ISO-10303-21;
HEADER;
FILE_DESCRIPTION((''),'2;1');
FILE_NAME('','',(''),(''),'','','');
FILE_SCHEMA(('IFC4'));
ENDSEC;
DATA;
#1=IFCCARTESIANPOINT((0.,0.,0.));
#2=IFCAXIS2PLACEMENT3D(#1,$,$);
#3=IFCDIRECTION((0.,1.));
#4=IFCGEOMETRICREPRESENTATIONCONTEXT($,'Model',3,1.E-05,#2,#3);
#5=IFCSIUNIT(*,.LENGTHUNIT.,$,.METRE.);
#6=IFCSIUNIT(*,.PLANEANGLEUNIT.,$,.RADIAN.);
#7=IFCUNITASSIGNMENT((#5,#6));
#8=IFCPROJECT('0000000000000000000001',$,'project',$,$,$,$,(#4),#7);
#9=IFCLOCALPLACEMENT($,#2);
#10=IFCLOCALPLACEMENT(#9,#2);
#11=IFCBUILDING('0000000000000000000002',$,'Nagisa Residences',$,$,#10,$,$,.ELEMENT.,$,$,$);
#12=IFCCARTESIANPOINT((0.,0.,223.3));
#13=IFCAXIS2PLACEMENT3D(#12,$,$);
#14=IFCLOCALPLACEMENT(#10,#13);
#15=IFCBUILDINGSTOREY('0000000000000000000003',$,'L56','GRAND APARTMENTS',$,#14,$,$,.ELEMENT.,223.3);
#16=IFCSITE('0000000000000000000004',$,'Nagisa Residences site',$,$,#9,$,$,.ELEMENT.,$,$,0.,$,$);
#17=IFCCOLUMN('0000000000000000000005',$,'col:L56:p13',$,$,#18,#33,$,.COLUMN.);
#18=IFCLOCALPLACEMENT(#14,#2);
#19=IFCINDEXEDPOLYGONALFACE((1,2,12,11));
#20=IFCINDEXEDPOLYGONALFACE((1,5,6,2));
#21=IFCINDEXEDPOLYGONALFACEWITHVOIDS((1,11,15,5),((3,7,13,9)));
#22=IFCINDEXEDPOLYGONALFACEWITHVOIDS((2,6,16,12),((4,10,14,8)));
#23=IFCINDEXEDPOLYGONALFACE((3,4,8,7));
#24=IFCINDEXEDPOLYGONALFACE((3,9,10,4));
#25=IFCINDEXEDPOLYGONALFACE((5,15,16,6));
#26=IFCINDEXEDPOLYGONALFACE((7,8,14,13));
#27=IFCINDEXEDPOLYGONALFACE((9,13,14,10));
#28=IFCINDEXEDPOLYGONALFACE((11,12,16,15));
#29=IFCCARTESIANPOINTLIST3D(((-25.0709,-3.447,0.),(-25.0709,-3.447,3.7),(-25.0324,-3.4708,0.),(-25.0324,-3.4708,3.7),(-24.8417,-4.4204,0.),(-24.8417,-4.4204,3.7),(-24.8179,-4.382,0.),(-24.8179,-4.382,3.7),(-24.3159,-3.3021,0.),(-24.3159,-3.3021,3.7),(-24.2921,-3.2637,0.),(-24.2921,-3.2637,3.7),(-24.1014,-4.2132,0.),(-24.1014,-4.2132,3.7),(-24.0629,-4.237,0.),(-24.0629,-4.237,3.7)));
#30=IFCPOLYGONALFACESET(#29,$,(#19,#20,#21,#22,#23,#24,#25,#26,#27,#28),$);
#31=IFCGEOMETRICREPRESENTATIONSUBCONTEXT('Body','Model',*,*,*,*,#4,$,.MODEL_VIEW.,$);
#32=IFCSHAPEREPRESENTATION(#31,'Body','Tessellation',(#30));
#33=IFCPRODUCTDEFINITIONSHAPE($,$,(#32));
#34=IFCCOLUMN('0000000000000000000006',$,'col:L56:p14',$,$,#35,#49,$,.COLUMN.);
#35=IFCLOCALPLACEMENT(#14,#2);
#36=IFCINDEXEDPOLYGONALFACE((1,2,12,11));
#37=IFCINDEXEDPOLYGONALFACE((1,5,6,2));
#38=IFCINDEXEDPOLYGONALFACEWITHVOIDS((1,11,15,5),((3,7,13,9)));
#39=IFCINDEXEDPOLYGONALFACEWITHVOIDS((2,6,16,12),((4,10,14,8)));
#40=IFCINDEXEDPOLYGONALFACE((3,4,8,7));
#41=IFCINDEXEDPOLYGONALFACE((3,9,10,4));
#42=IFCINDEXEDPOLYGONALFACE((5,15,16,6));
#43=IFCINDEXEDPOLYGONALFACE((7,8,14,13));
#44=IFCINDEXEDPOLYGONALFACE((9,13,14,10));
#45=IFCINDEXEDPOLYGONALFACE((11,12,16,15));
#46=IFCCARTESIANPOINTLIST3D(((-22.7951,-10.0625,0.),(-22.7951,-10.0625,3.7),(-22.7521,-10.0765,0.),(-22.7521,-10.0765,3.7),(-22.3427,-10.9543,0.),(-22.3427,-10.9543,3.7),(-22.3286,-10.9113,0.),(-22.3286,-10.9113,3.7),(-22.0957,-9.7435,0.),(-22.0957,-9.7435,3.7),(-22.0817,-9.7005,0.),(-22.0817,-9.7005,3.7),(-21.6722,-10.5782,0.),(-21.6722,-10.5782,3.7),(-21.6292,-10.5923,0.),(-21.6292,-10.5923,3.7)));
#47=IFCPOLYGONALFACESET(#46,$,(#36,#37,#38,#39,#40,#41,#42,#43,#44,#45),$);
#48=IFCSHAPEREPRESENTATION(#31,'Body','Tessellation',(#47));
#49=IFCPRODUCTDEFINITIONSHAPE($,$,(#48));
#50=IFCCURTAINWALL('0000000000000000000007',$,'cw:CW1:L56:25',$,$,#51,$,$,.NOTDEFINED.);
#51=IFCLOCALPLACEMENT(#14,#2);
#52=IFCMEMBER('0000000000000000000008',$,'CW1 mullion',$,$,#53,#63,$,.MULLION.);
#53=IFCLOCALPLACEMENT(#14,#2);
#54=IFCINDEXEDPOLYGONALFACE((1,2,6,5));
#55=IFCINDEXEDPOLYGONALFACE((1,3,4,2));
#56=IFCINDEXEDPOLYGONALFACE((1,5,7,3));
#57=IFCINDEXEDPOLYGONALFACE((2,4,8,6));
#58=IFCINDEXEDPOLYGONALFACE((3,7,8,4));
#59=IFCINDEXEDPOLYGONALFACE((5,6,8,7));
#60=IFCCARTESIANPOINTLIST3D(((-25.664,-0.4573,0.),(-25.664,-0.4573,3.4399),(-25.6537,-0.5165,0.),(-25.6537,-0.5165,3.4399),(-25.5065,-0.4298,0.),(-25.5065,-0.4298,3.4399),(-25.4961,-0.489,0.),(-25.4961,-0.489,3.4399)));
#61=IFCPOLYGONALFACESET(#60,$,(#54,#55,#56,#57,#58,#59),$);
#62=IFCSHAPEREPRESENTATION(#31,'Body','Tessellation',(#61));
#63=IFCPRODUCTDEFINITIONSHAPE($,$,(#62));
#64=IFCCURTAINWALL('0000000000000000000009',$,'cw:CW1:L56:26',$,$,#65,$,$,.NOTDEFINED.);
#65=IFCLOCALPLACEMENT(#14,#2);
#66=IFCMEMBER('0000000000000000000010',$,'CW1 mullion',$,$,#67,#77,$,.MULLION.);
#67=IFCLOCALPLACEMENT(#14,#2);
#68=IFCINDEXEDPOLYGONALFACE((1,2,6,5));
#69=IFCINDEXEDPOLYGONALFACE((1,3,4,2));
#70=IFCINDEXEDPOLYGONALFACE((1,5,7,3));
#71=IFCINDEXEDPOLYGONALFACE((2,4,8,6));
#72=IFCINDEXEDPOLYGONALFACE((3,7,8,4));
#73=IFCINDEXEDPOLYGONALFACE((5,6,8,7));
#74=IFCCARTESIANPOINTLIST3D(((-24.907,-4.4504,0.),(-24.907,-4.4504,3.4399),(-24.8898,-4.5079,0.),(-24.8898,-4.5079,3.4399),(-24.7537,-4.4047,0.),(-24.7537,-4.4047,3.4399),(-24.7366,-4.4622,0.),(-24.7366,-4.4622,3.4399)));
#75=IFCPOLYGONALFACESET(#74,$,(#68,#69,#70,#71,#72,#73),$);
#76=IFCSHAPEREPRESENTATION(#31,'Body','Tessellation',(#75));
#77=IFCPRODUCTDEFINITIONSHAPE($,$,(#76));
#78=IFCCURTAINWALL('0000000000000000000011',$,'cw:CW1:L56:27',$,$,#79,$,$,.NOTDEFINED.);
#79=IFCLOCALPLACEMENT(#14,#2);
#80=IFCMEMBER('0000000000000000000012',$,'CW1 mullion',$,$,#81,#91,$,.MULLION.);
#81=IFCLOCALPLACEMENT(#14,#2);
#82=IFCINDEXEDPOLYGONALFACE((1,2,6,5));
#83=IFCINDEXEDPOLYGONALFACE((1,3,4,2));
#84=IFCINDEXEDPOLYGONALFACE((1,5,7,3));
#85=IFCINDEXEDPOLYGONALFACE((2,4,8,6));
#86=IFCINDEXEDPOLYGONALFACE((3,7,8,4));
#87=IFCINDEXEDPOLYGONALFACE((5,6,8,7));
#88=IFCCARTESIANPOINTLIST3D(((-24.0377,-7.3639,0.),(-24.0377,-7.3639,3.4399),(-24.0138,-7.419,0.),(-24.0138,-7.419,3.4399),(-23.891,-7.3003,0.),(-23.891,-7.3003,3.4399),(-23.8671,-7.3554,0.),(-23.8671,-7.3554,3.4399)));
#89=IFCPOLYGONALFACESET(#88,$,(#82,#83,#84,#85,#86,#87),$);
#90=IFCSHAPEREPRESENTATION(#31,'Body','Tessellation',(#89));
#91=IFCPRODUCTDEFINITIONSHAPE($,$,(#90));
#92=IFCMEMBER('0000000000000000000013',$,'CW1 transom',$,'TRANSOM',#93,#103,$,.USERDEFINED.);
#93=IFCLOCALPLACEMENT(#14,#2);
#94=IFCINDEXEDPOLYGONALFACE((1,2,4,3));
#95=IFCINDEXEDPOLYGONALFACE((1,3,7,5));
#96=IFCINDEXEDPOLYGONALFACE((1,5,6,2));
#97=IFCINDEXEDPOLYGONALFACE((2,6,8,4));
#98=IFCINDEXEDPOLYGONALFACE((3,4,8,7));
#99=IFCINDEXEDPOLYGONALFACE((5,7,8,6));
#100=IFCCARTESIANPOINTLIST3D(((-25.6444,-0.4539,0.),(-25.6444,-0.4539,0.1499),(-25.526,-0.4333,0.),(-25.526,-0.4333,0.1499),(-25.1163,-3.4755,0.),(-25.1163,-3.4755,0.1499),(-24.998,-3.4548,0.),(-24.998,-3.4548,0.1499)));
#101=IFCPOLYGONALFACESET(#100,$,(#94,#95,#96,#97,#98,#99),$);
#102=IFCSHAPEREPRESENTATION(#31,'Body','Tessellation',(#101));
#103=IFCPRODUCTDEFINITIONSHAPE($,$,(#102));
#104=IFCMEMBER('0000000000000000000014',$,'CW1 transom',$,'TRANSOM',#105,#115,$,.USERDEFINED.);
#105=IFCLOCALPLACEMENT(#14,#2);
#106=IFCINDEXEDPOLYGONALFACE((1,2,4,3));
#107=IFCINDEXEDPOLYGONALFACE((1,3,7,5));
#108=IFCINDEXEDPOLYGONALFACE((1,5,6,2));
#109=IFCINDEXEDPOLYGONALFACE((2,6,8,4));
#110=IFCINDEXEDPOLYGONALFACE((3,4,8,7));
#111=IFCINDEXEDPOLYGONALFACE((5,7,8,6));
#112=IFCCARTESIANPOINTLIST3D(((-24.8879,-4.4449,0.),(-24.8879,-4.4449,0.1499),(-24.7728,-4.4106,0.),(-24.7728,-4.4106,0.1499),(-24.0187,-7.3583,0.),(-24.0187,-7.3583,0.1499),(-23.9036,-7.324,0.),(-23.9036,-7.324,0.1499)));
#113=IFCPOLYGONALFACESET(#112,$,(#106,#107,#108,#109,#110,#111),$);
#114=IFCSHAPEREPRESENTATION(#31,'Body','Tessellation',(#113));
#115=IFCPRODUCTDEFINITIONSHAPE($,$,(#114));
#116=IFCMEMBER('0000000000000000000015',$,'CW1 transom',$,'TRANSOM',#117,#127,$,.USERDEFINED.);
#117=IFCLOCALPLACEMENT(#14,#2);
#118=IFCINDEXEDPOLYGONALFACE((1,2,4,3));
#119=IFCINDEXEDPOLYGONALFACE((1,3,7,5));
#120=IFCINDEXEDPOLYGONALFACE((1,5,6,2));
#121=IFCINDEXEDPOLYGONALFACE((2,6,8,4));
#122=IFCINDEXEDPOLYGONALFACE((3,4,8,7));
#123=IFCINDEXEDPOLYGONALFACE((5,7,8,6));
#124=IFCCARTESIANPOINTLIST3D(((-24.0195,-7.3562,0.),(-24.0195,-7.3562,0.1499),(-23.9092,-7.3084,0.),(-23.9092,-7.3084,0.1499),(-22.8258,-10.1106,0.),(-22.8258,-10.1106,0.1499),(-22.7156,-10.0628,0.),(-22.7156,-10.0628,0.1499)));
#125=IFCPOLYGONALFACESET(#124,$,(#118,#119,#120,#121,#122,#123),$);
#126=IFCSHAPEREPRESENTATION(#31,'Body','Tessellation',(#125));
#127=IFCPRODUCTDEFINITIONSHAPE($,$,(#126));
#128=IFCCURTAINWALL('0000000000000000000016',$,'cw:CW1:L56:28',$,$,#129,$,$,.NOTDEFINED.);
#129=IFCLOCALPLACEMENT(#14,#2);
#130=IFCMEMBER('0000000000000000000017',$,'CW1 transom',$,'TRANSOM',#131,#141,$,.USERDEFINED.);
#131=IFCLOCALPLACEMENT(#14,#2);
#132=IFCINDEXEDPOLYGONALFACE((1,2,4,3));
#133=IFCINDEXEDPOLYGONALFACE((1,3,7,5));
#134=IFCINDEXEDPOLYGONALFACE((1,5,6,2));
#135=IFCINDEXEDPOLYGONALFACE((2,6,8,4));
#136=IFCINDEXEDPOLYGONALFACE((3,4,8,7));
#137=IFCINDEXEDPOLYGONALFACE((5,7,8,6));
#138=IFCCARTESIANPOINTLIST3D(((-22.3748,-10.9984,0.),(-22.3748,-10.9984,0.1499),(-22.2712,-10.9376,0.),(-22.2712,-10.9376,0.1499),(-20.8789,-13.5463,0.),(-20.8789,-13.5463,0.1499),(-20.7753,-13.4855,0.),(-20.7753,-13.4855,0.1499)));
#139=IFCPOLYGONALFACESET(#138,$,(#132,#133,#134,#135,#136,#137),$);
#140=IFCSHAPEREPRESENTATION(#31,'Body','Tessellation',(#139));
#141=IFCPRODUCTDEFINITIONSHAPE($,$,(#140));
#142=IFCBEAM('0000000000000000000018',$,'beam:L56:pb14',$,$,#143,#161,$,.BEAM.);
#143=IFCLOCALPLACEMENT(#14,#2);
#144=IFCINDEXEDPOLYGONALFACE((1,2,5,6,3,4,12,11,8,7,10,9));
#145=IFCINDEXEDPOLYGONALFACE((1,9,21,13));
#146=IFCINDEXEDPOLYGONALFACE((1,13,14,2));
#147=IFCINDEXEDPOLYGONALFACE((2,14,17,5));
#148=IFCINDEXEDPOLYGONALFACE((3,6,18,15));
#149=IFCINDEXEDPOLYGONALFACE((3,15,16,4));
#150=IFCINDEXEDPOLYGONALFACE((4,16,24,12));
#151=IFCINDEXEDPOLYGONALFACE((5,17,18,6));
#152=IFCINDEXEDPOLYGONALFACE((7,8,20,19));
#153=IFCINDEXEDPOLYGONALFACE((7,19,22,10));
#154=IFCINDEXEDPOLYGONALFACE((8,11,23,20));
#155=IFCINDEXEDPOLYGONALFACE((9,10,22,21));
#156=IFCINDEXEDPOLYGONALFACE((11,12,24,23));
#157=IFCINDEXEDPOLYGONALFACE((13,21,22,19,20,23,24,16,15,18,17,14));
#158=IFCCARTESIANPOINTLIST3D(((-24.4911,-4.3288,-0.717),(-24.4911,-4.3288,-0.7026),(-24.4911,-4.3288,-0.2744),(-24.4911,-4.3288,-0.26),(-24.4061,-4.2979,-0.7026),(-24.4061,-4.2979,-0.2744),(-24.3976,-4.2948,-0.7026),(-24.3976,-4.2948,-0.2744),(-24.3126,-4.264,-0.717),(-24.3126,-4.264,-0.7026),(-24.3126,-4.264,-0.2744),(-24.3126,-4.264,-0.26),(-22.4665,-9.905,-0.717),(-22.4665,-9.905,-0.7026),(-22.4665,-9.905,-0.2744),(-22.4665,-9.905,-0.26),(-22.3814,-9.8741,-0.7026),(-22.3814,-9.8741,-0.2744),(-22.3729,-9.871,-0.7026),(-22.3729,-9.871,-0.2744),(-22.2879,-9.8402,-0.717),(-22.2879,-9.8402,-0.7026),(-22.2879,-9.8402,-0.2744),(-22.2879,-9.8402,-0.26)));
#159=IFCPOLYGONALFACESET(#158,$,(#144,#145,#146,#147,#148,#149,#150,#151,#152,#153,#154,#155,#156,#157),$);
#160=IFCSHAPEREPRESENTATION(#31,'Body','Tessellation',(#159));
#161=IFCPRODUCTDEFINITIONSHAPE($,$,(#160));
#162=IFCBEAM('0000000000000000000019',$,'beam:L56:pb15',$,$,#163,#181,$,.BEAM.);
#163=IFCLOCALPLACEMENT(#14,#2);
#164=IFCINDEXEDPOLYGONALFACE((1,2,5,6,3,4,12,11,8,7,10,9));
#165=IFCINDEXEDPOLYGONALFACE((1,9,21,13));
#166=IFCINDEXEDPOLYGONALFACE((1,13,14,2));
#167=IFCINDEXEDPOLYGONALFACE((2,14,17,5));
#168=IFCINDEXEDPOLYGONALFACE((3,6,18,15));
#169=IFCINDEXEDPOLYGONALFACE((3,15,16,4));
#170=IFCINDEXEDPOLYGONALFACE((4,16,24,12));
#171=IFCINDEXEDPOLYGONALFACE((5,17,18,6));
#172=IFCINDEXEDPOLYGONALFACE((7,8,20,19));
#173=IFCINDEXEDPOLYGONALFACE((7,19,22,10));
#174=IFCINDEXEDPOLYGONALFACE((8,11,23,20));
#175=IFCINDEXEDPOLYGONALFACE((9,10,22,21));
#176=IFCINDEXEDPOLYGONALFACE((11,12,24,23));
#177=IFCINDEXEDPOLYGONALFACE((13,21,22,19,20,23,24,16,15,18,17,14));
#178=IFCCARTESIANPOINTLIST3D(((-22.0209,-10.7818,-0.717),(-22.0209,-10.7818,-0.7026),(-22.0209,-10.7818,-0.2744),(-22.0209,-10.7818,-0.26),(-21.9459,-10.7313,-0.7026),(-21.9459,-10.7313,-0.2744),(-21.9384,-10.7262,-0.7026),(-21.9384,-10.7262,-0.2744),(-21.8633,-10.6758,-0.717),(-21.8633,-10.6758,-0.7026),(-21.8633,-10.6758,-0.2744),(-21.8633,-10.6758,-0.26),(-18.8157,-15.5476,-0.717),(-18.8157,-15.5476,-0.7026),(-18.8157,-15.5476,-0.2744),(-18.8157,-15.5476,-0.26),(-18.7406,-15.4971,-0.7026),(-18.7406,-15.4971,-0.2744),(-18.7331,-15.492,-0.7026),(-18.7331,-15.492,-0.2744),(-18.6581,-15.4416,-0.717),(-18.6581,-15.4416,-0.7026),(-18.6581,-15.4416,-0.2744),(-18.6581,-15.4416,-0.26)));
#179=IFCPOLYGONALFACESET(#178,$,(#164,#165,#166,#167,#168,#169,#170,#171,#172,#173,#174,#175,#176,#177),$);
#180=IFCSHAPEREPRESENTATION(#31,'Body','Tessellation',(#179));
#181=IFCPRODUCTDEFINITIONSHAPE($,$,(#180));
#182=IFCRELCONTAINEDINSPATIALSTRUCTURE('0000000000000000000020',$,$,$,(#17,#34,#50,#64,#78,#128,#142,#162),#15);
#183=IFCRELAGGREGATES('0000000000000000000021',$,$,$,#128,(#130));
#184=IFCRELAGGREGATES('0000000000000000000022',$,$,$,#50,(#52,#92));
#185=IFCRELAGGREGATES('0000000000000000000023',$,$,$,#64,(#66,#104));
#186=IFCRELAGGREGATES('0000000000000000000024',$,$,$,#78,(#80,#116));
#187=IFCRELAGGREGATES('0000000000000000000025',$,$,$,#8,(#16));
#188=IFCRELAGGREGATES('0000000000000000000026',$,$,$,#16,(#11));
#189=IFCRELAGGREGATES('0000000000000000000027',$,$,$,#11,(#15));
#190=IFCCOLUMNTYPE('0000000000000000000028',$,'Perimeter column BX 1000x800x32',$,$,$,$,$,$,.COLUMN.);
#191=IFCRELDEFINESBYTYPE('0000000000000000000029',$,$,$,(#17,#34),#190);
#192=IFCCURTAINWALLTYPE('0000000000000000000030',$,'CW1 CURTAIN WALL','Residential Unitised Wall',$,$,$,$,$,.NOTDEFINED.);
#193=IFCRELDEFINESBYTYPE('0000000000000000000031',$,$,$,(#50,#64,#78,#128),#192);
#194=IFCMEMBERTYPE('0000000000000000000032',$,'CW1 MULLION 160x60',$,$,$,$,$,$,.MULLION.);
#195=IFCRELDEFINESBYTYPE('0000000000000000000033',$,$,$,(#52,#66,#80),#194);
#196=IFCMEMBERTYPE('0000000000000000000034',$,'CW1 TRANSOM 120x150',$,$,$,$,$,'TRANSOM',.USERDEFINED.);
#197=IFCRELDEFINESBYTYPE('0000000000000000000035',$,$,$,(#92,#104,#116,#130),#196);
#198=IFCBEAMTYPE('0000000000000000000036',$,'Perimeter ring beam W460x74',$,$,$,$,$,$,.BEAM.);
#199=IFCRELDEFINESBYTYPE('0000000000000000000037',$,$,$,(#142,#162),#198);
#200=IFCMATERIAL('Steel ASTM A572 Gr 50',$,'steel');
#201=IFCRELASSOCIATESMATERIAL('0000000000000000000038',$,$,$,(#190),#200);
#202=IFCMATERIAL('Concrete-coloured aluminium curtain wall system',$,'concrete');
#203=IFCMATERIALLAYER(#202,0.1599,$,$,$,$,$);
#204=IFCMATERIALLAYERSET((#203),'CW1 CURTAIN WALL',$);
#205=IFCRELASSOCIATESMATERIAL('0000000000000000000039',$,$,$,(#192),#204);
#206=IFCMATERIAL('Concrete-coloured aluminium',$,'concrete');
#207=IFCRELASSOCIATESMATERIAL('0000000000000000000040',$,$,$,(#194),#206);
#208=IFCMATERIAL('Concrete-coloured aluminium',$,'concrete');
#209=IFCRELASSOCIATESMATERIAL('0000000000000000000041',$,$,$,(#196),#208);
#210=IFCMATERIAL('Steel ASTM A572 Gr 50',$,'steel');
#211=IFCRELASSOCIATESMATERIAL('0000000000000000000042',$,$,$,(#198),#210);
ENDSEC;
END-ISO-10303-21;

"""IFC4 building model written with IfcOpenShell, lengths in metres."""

from ifc_helpers import new_model, si_unit, direction, frame, origin, origin_2d, place, context, subcontext, project, spatial, rectangle, hollow_rectangle, i_section, extrude, material, layer, layer_set, material_profile, profile_set, type_object, element, aggregate, save


model = new_model("IFC4")

# Units and contexts
model_context = context("Model", 3, precision=1e-05, world=origin(), true_north=direction((0.0, 1.0)))
body_context = subcontext(model_context, "Body", "Model", "MODEL_VIEW")
ifc_project = project(units=[si_unit("LENGTHUNIT", "METRE"), si_unit("PLANEANGLEUNIT", "RADIAN")], contexts=[model_context])

# Site, building, storey
site_placement = place(None, origin())
site = spatial("IfcSite", under=ifc_project, at=site_placement, Name="Nagisa Residences site", CompositionType="ELEMENT", RefElevation=0.0)
building_placement = place(site_placement, origin())
building = spatial("IfcBuilding", under=site, at=building_placement, Name="Nagisa Residences", CompositionType="ELEMENT")
storey_placement = place(building_placement, frame((0.0, 0.0, 223.3)))
storey = spatial("IfcBuildingStorey", under=building, at=storey_placement, Name="L56", Description="GRAND APARTMENTS", CompositionType="ELEMENT", Elevation=223.3)

# Columns
ifc_material_1 = material(Name="Steel ASTM A572 Gr 50", Category="steel")
ifc_material_profile_1 = material_profile(ifc_material_1, hollow_rectangle(XDim=1.0, YDim=0.8, WallThickness=0.032, at=origin_2d()), Name="BX 1000x800x32")
ifc_profile_set_1 = profile_set([ifc_material_profile_1], Name="Steel ASTM A572 Gr 50")
column_type = type_object("IfcColumnType", Name="Perimeter column BX 1000x800x32", PredefinedType="COLUMN", material=ifc_profile_set_1)
for number, where, z_axis, x_axis, name in (
    (1, (-24.5669, -3.842, 0.0), (0.0, 0.0, 1.0), (0.229202, -0.973379, 0.0), "col:L56:p13"),
    (2, (-22.2122, -10.3274, 0.0), (0.0, 0.0, 1.0), (0.452463, -0.891783, 0.0), "col:L56:p14"),
):
    element("IfcColumn", number, at=place(storey_placement, frame(where, z_axis=z_axis, x_axis=x_axis)), inside=storey, type_object=column_type, Name=name, PredefinedType="COLUMN", context=body_context, shape_type="SweptSolid", body=[
        extrude(hollow_rectangle(XDim=1.0, YDim=0.8, WallThickness=0.032, at=origin_2d()), origin(), (0.0, 0.0, 1.0), 3.7),
    ])

# Curtain walls, members
ifc_material_2 = material(Name="Concrete-coloured aluminium curtain wall system", Category="concrete")
ifc_layer_1 = layer(ifc_material_2, 0.1599)
ifc_layer_set_1 = layer_set([ifc_layer_1], Name="CW1 CURTAIN WALL")
curtain_wall_type = type_object("IfcCurtainWallType", Name="CW1 CURTAIN WALL", Description="Residential Unitised Wall", PredefinedType="NOTDEFINED", material=ifc_layer_set_1)
curtain_wall_1_placement = place(storey_placement, origin())
curtain_wall_1 = element("IfcCurtainWall", 3, at=curtain_wall_1_placement, inside=storey, type_object=curtain_wall_type, Name="cw:CW1:L56:25", PredefinedType="NOTDEFINED")
ifc_material_3 = material(Name="Concrete-coloured aluminium", Category="concrete")
ifc_material_profile_2 = material_profile(ifc_material_3, rectangle(XDim=0.1599, YDim=0.0601, at=origin_2d()), Name="CW1 MULLION 160x60")
ifc_profile_set_2 = profile_set([ifc_material_profile_2], Name="Concrete-coloured aluminium")
member_type_1 = type_object("IfcMemberType", Name="CW1 MULLION 160x60", PredefinedType="MULLION", material=ifc_profile_set_2)
member_1_placement = place(storey_placement, frame((-25.5801, -0.4731, 0.0), z_axis=(0.0, 0.0, 1.0), x_axis=(0.985064, 0.172191, 0.0)))
member_1 = element("IfcMember", 4, at=member_1_placement, type_object=member_type_1, Name="CW1 mullion", PredefinedType="MULLION", context=body_context, shape_type="SweptSolid", body=[
    extrude(rectangle(XDim=0.1599, YDim=0.0601, at=origin_2d()), origin(), (0.0, 0.0, 1.0), 3.4399),
])
curtain_wall_2_placement = place(storey_placement, origin())
curtain_wall_2 = element("IfcCurtainWall", 5, at=curtain_wall_2_placement, inside=storey, type_object=curtain_wall_type, Name="cw:CW1:L56:26", PredefinedType="NOTDEFINED")
member_2_placement = place(storey_placement, frame((-24.8218, -4.4563, 0.0), z_axis=(0.0, 0.0, 1.0), x_axis=(0.958271, 0.28586, 0.0)))
member_2 = element("IfcMember", 6, at=member_2_placement, type_object=member_type_1, Name="CW1 mullion", PredefinedType="MULLION", context=body_context, shape_type="SweptSolid", body=[
    extrude(rectangle(XDim=0.1599, YDim=0.0601, at=origin_2d()), origin(), (0.0, 0.0, 1.0), 3.4399),
])
curtain_wall_3_placement = place(storey_placement, origin())
curtain_wall_3 = element("IfcCurtainWall", 7, at=curtain_wall_3_placement, inside=storey, type_object=curtain_wall_type, Name="cw:CW1:L56:27", PredefinedType="NOTDEFINED")
member_3_placement = place(storey_placement, frame((-23.9524, -7.3596, 0.0), z_axis=(0.0, 0.0, 1.0), x_axis=(0.917543, 0.397636, 0.0)))
member_3 = element("IfcMember", 8, at=member_3_placement, type_object=member_type_1, Name="CW1 mullion", PredefinedType="MULLION", context=body_context, shape_type="SweptSolid", body=[
    extrude(rectangle(XDim=0.1599, YDim=0.0601, at=origin_2d()), origin(), (0.0, 0.0, 1.0), 3.4399),
])

# Members
ifc_material_4 = material(Name="Concrete-coloured aluminium", Category="concrete")
ifc_material_profile_3 = material_profile(ifc_material_4, rectangle(XDim=0.1201, YDim=0.1499, at=origin_2d()), Name="CW1 TRANSOM 120x150")
ifc_profile_set_3 = profile_set([ifc_material_profile_3], Name="Concrete-coloured aluminium")
member_type_2 = type_object("IfcMemberType", Name="CW1 TRANSOM 120x150", ElementType="TRANSOM", PredefinedType="USERDEFINED", material=ifc_profile_set_3)
member_4_placement = place(storey_placement, frame((-25.5852, -0.4436, 0.075), z_axis=(0.172164, -0.985068, 0.0), x_axis=(0.985068, 0.172164, 0.0)))
member_4 = element("IfcMember", 9, at=member_4_placement, type_object=member_type_2, Name="CW1 transom", ObjectType="TRANSOM", PredefinedType="USERDEFINED", context=body_context, shape_type="SweptSolid", body=[
    extrude(rectangle(XDim=0.1201, YDim=0.1499, at=origin_2d()), origin(), (0.0, 0.0, 1.0), 3.0674),
])
member_5_placement = place(storey_placement, frame((-24.8303, -4.4277, 0.075), z_axis=(0.285881, -0.958265, 0.0), x_axis=(0.958265, 0.285881, 0.0)))
member_5 = element("IfcMember", 10, at=member_5_placement, type_object=member_type_2, Name="CW1 transom", ObjectType="TRANSOM", PredefinedType="USERDEFINED", context=body_context, shape_type="SweptSolid", body=[
    extrude(rectangle(XDim=0.1201, YDim=0.1499, at=origin_2d()), origin(), (0.0, 0.0, 1.0), 3.0403),
])
member_6_placement = place(storey_placement, frame((-23.9644, -7.3323, 0.075), z_axis=(0.397617, -0.917552, 0.0), x_axis=(0.917552, 0.397617, 0.0)))
member_6 = element("IfcMember", 11, at=member_6_placement, type_object=member_type_2, Name="CW1 transom", ObjectType="TRANSOM", PredefinedType="USERDEFINED", context=body_context, shape_type="SweptSolid", body=[
    extrude(rectangle(XDim=0.1201, YDim=0.1499, at=origin_2d()), origin(), (0.0, 0.0, 1.0), 3.002),
])

# Curtain wall, member
curtain_wall_4_placement = place(storey_placement, origin())
curtain_wall_4 = element("IfcCurtainWall", 12, at=curtain_wall_4_placement, inside=storey, type_object=curtain_wall_type, Name="cw:CW1:L56:28", PredefinedType="NOTDEFINED")
member_7_placement = place(storey_placement, frame((-22.323, -10.968, 0.075), z_axis=(0.506294, -0.862361, 0.0), x_axis=(0.862361, 0.506294, 0.0)))
member_7 = element("IfcMember", 13, at=member_7_placement, type_object=member_type_2, Name="CW1 transom", ObjectType="TRANSOM", PredefinedType="USERDEFINED", context=body_context, shape_type="SweptSolid", body=[
    extrude(rectangle(XDim=0.1201, YDim=0.1499, at=origin_2d()), origin(), (0.0, 0.0, 1.0), 2.9546),
])
aggregate(curtain_wall_4, [member_7])

# Beams
ifc_material_5 = material(Name="Steel ASTM A572 Gr 50", Category="steel")
ifc_material_profile_4 = material_profile(ifc_material_5, i_section(OverallWidth=0.1899, OverallDepth=0.457, WebThickness=0.009, FlangeThickness=0.0144, at=origin_2d()), Name="W460x74")
ifc_profile_set_4 = profile_set([ifc_material_profile_4], Name="Steel ASTM A572 Gr 50")
beam_type_1 = type_object("IfcBeamType", Name="Perimeter ring beam W460x74", PredefinedType="BEAM", material=ifc_profile_set_4)
beam_1_placement = place(storey_placement, frame((-24.4019, -4.2964, -0.4885), z_axis=(0.34129, -0.939958, 0.0), x_axis=(0.939958, 0.34129, 0.0)))
element("IfcBeam", 14, at=beam_1_placement, inside=storey, type_object=beam_type_1, Name="beam:L56:pb14", PredefinedType="BEAM", context=body_context, shape_type="SweptSolid", body=[
    extrude(i_section(OverallWidth=0.1899, OverallDepth=0.457, WebThickness=0.009, FlangeThickness=0.0144, at=origin_2d()), origin(), (0.0, 0.0, 1.0), 5.9324),
])
beam_2_placement = place(storey_placement, frame((-21.9421, -10.7288, -0.4885), z_axis=(0.55808, -0.829787, 0.0), x_axis=(0.829787, 0.55808, 0.0)))
element("IfcBeam", 15, at=beam_2_placement, inside=storey, type_object=beam_type_1, Name="beam:L56:pb15", PredefinedType="BEAM", context=body_context, shape_type="SweptSolid", body=[
    extrude(i_section(OverallWidth=0.1899, OverallDepth=0.457, WebThickness=0.009, FlangeThickness=0.0144, at=origin_2d()), origin(), (0.0, 0.0, 1.0), 5.7434),
])

aggregate(curtain_wall_1, [member_1, member_4])
aggregate(curtain_wall_2, [member_2, member_5])
aggregate(curtain_wall_3, [member_3, member_6])

save(model, "model.ifc")
